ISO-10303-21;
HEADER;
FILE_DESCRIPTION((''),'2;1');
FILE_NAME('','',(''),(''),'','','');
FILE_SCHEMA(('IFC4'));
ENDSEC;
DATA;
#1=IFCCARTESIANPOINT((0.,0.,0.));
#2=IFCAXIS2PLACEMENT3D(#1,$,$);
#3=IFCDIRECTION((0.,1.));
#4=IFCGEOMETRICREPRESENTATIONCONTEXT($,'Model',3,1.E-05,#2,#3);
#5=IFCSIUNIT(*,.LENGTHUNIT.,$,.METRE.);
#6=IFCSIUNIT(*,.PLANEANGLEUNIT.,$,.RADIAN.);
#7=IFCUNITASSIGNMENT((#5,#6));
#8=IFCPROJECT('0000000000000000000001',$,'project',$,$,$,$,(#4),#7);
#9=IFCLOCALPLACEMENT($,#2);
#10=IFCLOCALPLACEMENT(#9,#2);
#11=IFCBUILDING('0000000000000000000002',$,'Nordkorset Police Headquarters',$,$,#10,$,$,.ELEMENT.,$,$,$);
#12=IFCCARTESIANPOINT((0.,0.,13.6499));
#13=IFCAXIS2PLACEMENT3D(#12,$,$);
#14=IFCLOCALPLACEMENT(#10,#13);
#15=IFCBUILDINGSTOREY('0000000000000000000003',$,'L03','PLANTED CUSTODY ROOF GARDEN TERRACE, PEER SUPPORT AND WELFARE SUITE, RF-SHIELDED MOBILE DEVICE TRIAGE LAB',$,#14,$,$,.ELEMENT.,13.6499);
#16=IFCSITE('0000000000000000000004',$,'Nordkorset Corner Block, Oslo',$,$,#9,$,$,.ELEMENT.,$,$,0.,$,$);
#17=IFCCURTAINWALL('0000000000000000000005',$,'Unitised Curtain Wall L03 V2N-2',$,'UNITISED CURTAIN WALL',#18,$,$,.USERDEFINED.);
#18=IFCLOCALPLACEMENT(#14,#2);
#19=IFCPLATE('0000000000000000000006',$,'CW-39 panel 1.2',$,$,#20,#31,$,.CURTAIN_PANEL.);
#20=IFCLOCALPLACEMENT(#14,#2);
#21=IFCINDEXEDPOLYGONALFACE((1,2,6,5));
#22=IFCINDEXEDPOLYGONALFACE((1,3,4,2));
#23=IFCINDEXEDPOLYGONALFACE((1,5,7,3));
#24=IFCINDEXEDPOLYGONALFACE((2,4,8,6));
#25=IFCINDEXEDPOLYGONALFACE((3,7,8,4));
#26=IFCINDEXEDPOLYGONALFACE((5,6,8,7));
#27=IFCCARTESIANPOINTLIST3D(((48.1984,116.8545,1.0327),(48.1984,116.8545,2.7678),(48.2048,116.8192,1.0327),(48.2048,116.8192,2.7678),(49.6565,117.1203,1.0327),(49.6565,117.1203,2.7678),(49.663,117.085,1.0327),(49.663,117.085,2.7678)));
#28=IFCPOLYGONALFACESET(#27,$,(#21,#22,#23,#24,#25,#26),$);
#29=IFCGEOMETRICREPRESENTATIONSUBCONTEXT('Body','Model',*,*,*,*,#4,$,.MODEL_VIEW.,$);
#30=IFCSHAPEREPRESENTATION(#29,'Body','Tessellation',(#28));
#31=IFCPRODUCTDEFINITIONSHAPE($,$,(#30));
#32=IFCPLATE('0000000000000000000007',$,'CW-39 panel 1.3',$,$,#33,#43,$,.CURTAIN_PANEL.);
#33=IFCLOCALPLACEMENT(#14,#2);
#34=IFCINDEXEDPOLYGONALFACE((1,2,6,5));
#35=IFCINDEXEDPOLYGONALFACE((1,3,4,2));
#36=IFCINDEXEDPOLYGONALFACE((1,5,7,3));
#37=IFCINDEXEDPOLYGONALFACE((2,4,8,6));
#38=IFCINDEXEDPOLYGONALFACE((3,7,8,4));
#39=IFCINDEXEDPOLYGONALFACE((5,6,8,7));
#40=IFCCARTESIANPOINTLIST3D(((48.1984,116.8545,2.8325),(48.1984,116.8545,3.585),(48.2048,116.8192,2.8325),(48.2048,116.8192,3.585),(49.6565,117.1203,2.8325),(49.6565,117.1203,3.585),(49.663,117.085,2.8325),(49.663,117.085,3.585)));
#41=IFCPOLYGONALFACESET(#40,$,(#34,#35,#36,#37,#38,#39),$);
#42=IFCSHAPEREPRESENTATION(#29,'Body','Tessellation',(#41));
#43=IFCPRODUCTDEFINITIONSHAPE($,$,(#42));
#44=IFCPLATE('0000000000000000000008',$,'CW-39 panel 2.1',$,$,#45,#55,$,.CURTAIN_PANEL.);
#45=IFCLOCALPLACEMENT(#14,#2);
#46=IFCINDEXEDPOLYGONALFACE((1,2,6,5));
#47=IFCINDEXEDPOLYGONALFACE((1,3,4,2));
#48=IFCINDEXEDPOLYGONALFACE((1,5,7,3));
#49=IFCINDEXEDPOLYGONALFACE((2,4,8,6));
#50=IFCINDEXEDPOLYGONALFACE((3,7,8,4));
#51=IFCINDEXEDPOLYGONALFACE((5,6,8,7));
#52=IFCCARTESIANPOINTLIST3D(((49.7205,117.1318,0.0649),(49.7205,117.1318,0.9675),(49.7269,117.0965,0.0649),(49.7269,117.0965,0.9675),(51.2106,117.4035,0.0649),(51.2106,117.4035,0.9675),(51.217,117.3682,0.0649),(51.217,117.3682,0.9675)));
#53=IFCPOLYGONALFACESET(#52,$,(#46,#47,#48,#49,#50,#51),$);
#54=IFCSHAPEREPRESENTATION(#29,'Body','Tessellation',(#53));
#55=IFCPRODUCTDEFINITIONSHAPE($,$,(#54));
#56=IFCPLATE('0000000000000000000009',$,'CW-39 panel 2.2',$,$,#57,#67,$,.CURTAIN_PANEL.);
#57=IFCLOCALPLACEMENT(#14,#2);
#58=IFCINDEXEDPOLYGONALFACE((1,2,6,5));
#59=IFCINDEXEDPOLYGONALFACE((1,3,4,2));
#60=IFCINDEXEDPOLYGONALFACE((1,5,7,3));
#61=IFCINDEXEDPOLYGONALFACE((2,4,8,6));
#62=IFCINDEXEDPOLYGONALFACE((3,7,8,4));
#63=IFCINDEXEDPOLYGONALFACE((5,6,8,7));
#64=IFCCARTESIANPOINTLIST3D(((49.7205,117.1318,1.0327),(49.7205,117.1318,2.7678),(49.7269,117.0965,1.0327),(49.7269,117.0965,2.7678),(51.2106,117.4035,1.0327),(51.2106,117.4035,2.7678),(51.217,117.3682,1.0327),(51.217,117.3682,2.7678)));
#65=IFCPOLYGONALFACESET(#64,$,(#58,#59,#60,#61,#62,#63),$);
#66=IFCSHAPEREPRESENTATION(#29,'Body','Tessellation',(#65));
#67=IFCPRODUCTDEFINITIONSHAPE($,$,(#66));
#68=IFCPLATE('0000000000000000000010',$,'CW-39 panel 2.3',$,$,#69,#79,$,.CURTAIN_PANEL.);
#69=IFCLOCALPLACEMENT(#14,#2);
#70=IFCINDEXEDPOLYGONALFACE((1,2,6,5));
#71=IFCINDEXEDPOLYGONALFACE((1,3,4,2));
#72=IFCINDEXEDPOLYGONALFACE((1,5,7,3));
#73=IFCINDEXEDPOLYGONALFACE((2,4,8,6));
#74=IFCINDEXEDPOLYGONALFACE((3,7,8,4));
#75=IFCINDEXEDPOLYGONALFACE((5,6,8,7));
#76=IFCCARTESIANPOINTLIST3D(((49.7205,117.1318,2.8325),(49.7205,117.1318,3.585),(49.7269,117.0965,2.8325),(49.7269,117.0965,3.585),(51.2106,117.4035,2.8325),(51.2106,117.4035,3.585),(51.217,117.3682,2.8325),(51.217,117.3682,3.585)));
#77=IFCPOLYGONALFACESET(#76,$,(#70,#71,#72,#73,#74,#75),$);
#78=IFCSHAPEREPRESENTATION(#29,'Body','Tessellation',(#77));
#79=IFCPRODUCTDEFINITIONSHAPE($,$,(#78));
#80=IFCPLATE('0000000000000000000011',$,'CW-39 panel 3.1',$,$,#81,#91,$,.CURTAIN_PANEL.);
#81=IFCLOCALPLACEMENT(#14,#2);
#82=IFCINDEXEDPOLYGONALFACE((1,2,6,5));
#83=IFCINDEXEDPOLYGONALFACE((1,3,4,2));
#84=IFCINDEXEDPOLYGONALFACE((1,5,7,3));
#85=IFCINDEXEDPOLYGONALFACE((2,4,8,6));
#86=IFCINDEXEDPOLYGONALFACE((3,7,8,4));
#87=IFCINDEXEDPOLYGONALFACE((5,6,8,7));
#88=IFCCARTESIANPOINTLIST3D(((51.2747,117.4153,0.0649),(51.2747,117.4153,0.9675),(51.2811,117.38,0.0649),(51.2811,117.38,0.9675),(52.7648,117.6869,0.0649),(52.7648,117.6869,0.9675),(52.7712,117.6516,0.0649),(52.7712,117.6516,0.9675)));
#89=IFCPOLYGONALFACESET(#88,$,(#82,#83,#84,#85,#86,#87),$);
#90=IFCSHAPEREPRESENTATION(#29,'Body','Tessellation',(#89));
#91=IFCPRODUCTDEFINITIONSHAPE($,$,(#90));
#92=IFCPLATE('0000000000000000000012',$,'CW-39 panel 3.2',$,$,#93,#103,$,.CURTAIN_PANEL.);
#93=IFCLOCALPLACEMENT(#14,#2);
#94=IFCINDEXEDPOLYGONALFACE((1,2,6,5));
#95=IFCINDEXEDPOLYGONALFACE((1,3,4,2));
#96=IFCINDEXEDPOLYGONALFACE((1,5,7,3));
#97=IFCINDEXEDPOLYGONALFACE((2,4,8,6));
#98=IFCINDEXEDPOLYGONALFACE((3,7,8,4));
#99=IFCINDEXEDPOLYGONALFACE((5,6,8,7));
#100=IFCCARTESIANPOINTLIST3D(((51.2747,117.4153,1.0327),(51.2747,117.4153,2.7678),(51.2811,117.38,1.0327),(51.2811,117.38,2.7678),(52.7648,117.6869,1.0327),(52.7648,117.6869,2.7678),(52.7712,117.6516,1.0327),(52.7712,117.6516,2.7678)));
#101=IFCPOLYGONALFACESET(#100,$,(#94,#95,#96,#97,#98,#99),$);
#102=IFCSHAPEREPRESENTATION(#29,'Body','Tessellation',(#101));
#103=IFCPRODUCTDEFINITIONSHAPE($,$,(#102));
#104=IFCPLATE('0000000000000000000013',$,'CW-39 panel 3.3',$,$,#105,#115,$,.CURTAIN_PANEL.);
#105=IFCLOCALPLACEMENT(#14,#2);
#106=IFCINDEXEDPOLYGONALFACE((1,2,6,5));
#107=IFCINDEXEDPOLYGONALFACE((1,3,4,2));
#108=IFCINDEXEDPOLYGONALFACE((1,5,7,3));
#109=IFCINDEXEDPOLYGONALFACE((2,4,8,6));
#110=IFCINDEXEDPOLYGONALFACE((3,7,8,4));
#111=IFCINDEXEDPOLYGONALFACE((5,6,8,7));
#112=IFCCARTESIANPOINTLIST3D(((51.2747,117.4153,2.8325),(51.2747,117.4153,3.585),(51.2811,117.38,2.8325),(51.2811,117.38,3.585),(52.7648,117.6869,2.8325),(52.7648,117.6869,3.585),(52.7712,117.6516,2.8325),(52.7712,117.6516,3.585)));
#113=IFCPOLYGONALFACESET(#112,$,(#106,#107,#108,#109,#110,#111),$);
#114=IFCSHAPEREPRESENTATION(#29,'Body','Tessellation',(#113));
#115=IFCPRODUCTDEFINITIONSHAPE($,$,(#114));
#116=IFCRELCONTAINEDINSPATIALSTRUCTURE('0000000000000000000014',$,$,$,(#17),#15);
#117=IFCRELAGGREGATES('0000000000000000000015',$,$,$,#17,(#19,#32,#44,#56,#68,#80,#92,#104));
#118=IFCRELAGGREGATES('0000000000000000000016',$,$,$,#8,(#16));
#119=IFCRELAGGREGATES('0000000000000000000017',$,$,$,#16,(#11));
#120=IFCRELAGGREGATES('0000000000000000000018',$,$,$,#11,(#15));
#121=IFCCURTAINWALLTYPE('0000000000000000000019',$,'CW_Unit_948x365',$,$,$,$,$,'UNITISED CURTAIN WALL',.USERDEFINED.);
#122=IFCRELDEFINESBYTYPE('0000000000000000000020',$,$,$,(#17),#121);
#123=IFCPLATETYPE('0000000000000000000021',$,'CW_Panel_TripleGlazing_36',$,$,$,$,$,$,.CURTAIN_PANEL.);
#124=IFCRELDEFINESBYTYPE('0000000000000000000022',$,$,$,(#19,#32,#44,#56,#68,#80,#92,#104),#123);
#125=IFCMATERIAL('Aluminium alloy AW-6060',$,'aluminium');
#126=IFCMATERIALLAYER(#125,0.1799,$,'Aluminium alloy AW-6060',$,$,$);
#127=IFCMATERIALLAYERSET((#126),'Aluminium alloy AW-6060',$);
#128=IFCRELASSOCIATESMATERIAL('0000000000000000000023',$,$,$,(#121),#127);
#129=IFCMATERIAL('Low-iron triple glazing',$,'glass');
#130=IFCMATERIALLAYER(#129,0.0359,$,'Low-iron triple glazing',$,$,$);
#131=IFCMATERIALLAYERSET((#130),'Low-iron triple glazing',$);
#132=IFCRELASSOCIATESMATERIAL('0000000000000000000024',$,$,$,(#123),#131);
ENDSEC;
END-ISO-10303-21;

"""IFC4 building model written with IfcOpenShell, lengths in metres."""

from ifc_helpers import new_model, si_unit, direction, frame, origin, origin_2d, place, context, subcontext, project, spatial, rectangle, extrude, material, layer, layer_set, type_object, element, aggregate, save


model = new_model("IFC4")

# Units and contexts
model_context = context("Model", 3, precision=1e-05, world=origin(), true_north=direction((0.0, 1.0)))
body_context = subcontext(model_context, "Body", "Model", "MODEL_VIEW")
ifc_project = project(units=[si_unit("LENGTHUNIT", "METRE"), si_unit("PLANEANGLEUNIT", "RADIAN")], contexts=[model_context])

# Site, building, storey
site_placement = place(None, origin())
site = spatial("IfcSite", under=ifc_project, at=site_placement, Name="Nordkorset Corner Block, Oslo", CompositionType="ELEMENT", RefElevation=0.0)
building_placement = place(site_placement, origin())
building = spatial("IfcBuilding", under=site, at=building_placement, Name="Nordkorset Police Headquarters", CompositionType="ELEMENT")
storey_placement = place(building_placement, frame((0.0, 0.0, 13.6499)))
storey = spatial("IfcBuildingStorey", under=building, at=storey_placement, Name="L03", Description="PLANTED CUSTODY ROOF GARDEN TERRACE, PEER SUPPORT AND WELFARE SUITE, RF-SHIELDED MOBILE DEVICE TRIAGE LAB", CompositionType="ELEMENT", Elevation=13.6499)

# Curtain wall, plates
ifc_material_1 = material(Name="Aluminium alloy AW-6060", Category="aluminium")
ifc_layer_1 = layer(ifc_material_1, 0.1799, Name="Aluminium alloy AW-6060")
ifc_layer_set_1 = layer_set([ifc_layer_1], Name="Aluminium alloy AW-6060")
curtain_wall_type = type_object("IfcCurtainWallType", Name="CW_Unit_948x365", ElementType="UNITISED CURTAIN WALL", PredefinedType="USERDEFINED", material=ifc_layer_set_1)
curtain_wall_placement = place(storey_placement, origin())
curtain_wall = element("IfcCurtainWall", 1, at=curtain_wall_placement, inside=storey, type_object=curtain_wall_type, Name="Unitised Curtain Wall L03 V2N-2", ObjectType="UNITISED CURTAIN WALL", PredefinedType="USERDEFINED")
ifc_material_2 = material(Name="Low-iron triple glazing", Category="glass")
ifc_layer_2 = layer(ifc_material_2, 0.0359, Name="Low-iron triple glazing")
ifc_layer_set_2 = layer_set([ifc_layer_2], Name="Low-iron triple glazing")
plate_type = type_object("IfcPlateType", Name="CW_Panel_TripleGlazing_36", PredefinedType="CURTAIN_PANEL", material=ifc_layer_set_2)
plate_1_placement = place(storey_placement, frame((48.9307, 116.9697, 1.0327), z_axis=(0.0, 0.0, 1.0), x_axis=(0.983788, 0.179336, 0.0)))
plate_1 = element("IfcPlate", 2, at=plate_1_placement, type_object=plate_type, Name="CW-39 panel 1.2", PredefinedType="CURTAIN_PANEL", context=body_context, shape_type="SweptSolid", body=[
    extrude(rectangle(XDim=1.4822, YDim=0.0359, at=origin_2d()), origin(), (0.0, 0.0, 1.0), 1.7351),
])
plate_2_placement = place(storey_placement, frame((48.9307, 116.9697, 2.8325), z_axis=(0.0, 0.0, 1.0), x_axis=(0.983788, 0.179336, 0.0)))
plate_2 = element("IfcPlate", 3, at=plate_2_placement, type_object=plate_type, Name="CW-39 panel 1.3", PredefinedType="CURTAIN_PANEL", context=body_context, shape_type="SweptSolid", body=[
    extrude(rectangle(XDim=1.4822, YDim=0.0359, at=origin_2d()), origin(), (0.0, 0.0, 1.0), 0.7524),
])
plate_3_placement = place(storey_placement, frame((50.4688, 117.25, 0.0649), z_axis=(0.0, 0.0, 1.0), x_axis=(0.983788, 0.179336, 0.0)))
plate_3 = element("IfcPlate", 4, at=plate_3_placement, type_object=plate_type, Name="CW-39 panel 2.1", PredefinedType="CURTAIN_PANEL", context=body_context, shape_type="SweptSolid", body=[
    extrude(rectangle(XDim=1.5146, YDim=0.0359, at=origin_2d()), origin(), (0.0, 0.0, 1.0), 0.9026),
])
plate_4_placement = place(storey_placement, frame((50.4688, 117.25, 1.0327), z_axis=(0.0, 0.0, 1.0), x_axis=(0.983788, 0.179336, 0.0)))
plate_4 = element("IfcPlate", 5, at=plate_4_placement, type_object=plate_type, Name="CW-39 panel 2.2", PredefinedType="CURTAIN_PANEL", context=body_context, shape_type="SweptSolid", body=[
    extrude(rectangle(XDim=1.5146, YDim=0.0359, at=origin_2d()), origin(), (0.0, 0.0, 1.0), 1.7351),
])
plate_5_placement = place(storey_placement, frame((50.4688, 117.25, 2.8325), z_axis=(0.0, 0.0, 1.0), x_axis=(0.983788, 0.179336, 0.0)))
plate_5 = element("IfcPlate", 6, at=plate_5_placement, type_object=plate_type, Name="CW-39 panel 2.3", PredefinedType="CURTAIN_PANEL", context=body_context, shape_type="SweptSolid", body=[
    extrude(rectangle(XDim=1.5146, YDim=0.0359, at=origin_2d()), origin(), (0.0, 0.0, 1.0), 0.7524),
])
plate_6_placement = place(storey_placement, frame((52.0229, 117.5334, 0.0649), z_axis=(0.0, 0.0, 1.0), x_axis=(0.983788, 0.179336, 0.0)))
plate_6 = element("IfcPlate", 7, at=plate_6_placement, type_object=plate_type, Name="CW-39 panel 3.1", PredefinedType="CURTAIN_PANEL", context=body_context, shape_type="SweptSolid", body=[
    extrude(rectangle(XDim=1.5146, YDim=0.0359, at=origin_2d()), origin(), (0.0, 0.0, 1.0), 0.9026),
])
plate_7_placement = place(storey_placement, frame((52.0229, 117.5334, 1.0327), z_axis=(0.0, 0.0, 1.0), x_axis=(0.983788, 0.179336, 0.0)))
plate_7 = element("IfcPlate", 8, at=plate_7_placement, type_object=plate_type, Name="CW-39 panel 3.2", PredefinedType="CURTAIN_PANEL", context=body_context, shape_type="SweptSolid", body=[
    extrude(rectangle(XDim=1.5146, YDim=0.0359, at=origin_2d()), origin(), (0.0, 0.0, 1.0), 1.7351),
])
plate_8_placement = place(storey_placement, frame((52.0229, 117.5334, 2.8325), z_axis=(0.0, 0.0, 1.0), x_axis=(0.983788, 0.179336, 0.0)))
plate_8 = element("IfcPlate", 9, at=plate_8_placement, type_object=plate_type, Name="CW-39 panel 3.3", PredefinedType="CURTAIN_PANEL", context=body_context, shape_type="SweptSolid", body=[
    extrude(rectangle(XDim=1.5146, YDim=0.0359, at=origin_2d()), origin(), (0.0, 0.0, 1.0), 0.7524),
])
aggregate(curtain_wall, [plate_1, plate_2, plate_3, plate_4, plate_5, plate_6, plate_7, plate_8])

save(model, "model.ifc")
